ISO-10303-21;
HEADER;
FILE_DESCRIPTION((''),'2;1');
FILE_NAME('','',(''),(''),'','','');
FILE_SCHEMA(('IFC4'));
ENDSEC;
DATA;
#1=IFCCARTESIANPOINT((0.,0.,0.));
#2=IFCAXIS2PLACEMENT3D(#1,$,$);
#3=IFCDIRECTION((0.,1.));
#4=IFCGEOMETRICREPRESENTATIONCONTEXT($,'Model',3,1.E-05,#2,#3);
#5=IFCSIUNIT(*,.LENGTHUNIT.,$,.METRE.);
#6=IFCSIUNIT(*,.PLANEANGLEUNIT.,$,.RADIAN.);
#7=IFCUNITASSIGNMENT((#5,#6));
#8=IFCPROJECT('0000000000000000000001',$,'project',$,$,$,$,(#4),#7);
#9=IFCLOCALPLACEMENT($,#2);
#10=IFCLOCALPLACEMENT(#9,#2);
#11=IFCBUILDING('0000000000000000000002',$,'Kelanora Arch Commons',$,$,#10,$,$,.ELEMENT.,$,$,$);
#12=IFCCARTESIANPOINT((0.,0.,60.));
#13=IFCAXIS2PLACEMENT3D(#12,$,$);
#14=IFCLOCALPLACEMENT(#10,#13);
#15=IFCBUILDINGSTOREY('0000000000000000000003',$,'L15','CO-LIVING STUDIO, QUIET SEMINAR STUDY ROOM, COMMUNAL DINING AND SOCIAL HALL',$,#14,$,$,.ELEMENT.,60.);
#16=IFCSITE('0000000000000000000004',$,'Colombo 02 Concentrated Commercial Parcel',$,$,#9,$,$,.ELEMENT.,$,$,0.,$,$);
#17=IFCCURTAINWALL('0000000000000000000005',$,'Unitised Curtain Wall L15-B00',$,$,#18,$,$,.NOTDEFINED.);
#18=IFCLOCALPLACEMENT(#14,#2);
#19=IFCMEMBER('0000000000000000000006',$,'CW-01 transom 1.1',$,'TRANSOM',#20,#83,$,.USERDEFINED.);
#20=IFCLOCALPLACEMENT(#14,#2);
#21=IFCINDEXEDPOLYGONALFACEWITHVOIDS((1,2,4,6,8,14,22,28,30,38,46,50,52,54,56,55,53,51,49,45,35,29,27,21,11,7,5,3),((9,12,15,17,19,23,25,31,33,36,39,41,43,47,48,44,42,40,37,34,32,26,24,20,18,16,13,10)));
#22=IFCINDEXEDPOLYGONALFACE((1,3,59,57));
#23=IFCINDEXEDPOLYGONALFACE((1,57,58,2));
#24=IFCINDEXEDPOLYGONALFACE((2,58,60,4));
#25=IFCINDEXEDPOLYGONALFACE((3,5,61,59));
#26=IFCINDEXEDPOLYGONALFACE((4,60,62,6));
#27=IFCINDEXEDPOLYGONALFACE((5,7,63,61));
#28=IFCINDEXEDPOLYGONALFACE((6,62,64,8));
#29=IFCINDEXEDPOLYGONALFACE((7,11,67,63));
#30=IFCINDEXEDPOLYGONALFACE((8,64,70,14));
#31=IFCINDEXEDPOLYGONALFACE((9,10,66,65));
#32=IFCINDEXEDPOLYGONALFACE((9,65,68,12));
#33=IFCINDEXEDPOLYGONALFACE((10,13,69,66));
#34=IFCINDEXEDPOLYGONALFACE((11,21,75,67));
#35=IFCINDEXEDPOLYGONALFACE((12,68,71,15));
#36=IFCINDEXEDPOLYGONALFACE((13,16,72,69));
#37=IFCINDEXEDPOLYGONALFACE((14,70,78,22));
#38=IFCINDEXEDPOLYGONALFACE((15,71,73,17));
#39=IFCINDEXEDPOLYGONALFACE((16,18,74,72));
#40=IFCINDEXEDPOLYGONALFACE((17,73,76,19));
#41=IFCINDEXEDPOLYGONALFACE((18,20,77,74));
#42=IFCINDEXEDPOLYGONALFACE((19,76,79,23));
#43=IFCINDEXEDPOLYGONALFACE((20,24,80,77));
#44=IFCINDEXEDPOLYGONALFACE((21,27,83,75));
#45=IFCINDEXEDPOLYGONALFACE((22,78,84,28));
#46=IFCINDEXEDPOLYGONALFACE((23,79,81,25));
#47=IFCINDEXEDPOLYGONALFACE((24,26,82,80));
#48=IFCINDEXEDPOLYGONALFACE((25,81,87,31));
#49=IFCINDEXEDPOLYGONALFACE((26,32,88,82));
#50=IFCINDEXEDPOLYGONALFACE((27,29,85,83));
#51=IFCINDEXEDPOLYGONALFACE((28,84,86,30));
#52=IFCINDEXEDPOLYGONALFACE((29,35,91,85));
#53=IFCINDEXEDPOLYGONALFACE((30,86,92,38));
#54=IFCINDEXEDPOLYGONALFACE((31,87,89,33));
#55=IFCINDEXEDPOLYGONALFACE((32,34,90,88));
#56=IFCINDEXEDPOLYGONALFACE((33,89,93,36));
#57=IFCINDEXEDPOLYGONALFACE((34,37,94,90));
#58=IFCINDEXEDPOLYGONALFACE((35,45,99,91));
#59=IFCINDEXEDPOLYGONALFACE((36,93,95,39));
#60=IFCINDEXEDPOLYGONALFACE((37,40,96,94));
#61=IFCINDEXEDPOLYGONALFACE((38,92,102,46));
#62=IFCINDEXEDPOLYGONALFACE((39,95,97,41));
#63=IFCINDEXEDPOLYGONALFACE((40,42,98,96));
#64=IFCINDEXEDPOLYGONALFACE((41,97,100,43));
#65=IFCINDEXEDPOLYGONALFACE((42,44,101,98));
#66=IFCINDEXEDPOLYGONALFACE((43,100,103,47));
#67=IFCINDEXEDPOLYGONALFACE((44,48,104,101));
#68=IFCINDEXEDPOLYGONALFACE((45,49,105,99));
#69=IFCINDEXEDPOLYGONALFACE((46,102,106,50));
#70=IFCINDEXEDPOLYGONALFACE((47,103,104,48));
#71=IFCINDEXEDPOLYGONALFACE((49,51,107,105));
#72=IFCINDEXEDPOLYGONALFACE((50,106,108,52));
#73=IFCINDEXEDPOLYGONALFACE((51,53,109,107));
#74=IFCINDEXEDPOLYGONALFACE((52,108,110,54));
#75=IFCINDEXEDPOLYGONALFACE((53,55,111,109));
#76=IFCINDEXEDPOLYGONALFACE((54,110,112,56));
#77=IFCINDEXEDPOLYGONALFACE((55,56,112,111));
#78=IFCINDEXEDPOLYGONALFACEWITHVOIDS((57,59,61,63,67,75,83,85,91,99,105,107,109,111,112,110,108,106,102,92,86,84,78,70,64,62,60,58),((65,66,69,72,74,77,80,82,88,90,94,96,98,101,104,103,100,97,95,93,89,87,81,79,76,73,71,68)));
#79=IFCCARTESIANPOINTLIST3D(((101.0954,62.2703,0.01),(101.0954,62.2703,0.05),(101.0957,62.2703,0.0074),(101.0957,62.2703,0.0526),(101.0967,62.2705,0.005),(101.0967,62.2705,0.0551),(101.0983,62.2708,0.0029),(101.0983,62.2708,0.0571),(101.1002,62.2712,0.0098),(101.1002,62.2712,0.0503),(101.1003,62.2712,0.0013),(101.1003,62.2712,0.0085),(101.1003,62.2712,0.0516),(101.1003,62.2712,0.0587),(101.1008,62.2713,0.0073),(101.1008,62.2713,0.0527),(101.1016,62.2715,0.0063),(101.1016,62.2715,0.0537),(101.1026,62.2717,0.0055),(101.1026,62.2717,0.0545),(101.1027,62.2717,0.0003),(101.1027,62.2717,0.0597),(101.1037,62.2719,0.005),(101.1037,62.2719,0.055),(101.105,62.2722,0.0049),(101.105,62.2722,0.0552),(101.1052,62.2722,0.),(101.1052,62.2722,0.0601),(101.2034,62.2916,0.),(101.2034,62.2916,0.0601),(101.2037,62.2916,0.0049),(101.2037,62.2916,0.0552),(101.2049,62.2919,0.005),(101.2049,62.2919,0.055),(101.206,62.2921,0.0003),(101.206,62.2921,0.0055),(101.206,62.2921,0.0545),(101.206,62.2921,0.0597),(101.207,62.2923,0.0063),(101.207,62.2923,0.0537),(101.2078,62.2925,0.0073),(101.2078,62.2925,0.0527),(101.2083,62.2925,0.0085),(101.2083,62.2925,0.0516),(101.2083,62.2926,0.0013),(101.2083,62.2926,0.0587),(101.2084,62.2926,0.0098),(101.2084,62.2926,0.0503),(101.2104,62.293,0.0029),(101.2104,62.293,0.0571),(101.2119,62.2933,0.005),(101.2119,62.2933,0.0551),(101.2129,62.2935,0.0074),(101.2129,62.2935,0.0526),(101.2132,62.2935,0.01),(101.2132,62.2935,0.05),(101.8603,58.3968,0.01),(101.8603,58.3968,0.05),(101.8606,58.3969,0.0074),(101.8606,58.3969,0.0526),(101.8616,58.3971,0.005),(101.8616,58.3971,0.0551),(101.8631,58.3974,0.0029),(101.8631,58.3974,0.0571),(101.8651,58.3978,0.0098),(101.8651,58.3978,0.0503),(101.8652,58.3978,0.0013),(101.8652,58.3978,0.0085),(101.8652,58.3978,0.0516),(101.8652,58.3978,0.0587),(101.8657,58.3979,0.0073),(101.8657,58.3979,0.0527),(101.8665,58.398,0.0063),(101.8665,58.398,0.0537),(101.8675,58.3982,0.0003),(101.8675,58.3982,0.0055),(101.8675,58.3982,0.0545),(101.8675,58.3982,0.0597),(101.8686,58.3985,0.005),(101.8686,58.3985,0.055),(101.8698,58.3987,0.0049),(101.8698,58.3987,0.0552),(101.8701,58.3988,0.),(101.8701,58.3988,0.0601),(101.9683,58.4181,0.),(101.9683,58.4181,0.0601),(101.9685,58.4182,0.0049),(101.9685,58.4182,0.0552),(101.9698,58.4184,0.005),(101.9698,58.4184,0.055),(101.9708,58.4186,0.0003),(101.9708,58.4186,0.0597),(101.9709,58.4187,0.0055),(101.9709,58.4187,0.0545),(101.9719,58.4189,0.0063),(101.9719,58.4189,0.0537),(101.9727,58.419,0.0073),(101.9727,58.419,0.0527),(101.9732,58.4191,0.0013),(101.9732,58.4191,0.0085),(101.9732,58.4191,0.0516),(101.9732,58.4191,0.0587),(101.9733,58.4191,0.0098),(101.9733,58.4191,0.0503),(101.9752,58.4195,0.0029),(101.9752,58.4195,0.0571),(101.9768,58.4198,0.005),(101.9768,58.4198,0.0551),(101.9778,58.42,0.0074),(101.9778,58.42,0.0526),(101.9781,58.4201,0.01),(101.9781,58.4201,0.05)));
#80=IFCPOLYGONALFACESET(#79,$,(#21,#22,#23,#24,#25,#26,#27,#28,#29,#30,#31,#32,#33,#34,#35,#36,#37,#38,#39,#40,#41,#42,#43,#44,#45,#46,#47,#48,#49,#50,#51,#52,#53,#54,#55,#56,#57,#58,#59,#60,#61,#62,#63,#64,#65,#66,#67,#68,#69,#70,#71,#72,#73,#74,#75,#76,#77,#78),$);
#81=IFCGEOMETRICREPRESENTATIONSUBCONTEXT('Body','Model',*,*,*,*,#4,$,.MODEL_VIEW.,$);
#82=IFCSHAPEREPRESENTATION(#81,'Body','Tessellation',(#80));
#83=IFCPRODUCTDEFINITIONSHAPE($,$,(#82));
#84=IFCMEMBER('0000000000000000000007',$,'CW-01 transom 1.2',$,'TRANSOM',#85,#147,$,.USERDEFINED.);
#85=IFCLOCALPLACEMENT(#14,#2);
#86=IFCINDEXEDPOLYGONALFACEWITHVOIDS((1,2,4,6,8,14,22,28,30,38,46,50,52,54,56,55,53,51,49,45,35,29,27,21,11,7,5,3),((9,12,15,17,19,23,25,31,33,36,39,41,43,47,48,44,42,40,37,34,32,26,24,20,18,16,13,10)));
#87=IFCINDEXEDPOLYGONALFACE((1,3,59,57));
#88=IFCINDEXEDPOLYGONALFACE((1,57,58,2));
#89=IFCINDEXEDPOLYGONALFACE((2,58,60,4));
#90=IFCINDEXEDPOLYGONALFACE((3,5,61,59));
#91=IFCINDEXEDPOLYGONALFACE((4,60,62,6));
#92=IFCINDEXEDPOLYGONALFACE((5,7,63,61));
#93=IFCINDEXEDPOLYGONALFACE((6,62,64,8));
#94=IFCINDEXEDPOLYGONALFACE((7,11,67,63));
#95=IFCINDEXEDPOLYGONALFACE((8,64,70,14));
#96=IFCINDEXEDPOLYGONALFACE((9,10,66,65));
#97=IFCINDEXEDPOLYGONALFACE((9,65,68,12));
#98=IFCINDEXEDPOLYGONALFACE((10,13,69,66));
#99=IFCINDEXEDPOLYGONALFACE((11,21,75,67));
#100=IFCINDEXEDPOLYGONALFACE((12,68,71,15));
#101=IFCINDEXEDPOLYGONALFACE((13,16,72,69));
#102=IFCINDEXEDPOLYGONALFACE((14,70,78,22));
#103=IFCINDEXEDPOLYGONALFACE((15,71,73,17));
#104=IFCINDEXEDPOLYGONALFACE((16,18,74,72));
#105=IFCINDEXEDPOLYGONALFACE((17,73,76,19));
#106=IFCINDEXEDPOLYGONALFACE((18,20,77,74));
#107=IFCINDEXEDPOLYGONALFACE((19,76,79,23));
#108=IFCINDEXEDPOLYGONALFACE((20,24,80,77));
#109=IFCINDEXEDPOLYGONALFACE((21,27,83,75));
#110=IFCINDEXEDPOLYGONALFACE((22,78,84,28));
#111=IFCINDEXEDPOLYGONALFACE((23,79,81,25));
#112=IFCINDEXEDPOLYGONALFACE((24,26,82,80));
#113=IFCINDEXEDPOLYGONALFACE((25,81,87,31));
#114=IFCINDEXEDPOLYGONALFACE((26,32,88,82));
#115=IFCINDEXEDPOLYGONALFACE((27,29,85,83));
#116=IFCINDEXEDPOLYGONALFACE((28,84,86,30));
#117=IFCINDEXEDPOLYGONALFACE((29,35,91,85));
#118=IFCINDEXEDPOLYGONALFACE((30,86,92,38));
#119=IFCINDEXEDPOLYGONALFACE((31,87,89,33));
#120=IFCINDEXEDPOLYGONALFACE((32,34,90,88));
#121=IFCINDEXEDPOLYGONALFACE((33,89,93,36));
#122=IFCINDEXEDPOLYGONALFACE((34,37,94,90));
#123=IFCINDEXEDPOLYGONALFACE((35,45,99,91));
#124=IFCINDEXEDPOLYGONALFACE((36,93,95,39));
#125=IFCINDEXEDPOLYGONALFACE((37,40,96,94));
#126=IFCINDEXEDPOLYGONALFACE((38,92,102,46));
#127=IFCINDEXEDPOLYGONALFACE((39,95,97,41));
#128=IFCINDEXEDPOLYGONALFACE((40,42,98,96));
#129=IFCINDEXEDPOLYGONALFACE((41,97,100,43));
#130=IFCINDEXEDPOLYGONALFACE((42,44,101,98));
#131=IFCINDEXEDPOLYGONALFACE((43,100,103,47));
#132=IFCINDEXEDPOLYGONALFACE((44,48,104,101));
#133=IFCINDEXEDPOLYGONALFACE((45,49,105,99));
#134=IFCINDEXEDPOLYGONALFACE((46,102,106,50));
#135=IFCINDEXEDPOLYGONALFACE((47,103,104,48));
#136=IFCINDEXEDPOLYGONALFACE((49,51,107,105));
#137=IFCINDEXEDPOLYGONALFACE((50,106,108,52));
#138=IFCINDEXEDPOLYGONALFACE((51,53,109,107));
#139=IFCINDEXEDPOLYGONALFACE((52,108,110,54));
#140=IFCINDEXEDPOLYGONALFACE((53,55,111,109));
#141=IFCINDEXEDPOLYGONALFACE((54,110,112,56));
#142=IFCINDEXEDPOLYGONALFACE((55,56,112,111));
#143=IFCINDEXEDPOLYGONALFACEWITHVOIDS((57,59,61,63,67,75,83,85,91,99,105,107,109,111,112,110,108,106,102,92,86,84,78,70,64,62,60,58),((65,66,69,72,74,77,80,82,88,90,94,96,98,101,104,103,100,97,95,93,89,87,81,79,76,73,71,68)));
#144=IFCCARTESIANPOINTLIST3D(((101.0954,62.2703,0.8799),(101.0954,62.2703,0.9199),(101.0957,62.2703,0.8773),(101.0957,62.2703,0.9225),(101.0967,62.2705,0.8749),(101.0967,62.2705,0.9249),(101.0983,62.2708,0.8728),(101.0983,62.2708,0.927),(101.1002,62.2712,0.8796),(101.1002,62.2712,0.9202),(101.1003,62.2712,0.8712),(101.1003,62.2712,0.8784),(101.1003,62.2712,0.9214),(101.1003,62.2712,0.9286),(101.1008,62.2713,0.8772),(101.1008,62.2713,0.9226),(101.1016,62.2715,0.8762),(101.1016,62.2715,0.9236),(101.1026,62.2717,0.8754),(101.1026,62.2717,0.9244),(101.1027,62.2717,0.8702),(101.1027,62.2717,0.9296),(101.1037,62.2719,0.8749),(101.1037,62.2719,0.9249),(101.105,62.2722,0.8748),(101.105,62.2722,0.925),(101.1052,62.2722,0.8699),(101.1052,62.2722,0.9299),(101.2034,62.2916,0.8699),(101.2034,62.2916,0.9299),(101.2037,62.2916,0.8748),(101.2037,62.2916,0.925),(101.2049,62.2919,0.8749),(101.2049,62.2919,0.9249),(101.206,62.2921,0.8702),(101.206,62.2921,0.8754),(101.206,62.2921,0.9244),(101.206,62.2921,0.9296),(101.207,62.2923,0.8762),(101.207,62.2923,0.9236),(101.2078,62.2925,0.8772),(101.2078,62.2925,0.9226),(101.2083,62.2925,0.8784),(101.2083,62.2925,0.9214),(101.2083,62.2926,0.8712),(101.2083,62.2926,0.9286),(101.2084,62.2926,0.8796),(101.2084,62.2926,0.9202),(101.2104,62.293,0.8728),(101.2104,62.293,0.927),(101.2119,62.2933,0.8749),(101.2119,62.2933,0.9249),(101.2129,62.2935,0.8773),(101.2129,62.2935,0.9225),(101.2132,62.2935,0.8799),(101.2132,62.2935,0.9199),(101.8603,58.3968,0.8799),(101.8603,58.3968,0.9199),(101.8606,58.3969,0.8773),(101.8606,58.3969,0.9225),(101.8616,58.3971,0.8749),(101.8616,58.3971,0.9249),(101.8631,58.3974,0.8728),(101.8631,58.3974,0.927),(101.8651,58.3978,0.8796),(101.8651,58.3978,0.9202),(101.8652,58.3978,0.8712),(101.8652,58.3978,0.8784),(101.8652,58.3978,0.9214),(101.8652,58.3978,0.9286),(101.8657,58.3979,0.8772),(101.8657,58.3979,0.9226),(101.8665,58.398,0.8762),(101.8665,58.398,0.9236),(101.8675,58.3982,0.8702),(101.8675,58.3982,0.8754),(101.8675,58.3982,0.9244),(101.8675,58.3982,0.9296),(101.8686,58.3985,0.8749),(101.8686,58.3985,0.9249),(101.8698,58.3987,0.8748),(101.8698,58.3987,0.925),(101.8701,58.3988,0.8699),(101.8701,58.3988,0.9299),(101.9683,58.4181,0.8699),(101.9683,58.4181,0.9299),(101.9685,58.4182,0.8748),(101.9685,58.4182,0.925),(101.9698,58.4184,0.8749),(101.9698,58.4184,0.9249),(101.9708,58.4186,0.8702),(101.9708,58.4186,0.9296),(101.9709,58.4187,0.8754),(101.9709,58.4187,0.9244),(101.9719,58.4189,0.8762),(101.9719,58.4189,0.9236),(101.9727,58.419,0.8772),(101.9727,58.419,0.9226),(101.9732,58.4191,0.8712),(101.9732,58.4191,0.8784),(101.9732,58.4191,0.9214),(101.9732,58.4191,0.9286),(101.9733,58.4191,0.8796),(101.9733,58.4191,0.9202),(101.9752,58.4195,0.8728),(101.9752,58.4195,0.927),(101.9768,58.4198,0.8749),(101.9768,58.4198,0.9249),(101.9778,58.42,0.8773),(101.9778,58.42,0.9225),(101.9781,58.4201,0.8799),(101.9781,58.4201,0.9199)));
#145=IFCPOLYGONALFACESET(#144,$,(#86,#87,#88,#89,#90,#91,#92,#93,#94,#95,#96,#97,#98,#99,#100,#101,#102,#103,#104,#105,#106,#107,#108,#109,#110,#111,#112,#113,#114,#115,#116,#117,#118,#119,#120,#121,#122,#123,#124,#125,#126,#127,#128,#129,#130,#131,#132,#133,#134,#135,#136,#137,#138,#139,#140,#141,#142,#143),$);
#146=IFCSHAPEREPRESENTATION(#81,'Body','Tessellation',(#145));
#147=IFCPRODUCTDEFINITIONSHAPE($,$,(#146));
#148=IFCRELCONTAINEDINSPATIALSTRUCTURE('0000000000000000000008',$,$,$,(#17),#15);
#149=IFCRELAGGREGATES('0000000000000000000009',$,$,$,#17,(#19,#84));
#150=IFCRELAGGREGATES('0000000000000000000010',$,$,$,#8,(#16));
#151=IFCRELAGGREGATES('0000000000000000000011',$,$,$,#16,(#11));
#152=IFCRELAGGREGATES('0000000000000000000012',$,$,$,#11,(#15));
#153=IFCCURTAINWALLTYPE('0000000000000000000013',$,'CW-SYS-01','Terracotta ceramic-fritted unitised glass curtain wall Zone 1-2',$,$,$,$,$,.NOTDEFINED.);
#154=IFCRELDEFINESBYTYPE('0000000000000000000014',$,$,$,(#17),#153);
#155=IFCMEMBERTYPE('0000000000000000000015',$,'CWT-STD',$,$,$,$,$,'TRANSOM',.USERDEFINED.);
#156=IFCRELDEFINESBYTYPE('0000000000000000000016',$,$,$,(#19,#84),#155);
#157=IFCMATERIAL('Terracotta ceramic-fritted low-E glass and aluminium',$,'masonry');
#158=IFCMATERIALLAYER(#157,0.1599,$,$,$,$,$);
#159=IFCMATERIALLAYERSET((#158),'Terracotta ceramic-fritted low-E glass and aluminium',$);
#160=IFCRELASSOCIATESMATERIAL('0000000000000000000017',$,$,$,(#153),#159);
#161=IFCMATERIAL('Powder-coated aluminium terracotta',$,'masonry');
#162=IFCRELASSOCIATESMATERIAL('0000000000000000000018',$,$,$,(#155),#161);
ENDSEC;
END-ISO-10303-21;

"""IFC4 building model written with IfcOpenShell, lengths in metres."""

from ifc_helpers import new_model, si_unit, direction, frame, origin, origin_2d, place, context, subcontext, project, spatial, hollow_rectangle, extrude, material, layer, layer_set, material_profile, profile_set, type_object, element, aggregate, save


model = new_model("IFC4")

# Units and contexts
model_context = context("Model", 3, precision=1e-05, world=origin(), true_north=direction((0.0, 1.0)))
body_context = subcontext(model_context, "Body", "Model", "MODEL_VIEW")
ifc_project = project(units=[si_unit("LENGTHUNIT", "METRE"), si_unit("PLANEANGLEUNIT", "RADIAN")], contexts=[model_context])

# Site, building, storey
site_placement = place(None, origin())
site = spatial("IfcSite", under=ifc_project, at=site_placement, Name="Colombo 02 Concentrated Commercial Parcel", CompositionType="ELEMENT", RefElevation=0.0)
building_placement = place(site_placement, origin())
building = spatial("IfcBuilding", under=site, at=building_placement, Name="Kelanora Arch Commons", CompositionType="ELEMENT")
storey_placement = place(building_placement, frame((0.0, 0.0, 60.0)))
storey = spatial("IfcBuildingStorey", under=building, at=storey_placement, Name="L15", Description="CO-LIVING STUDIO, QUIET SEMINAR STUDY ROOM, COMMUNAL DINING AND SOCIAL HALL", CompositionType="ELEMENT", Elevation=60.0)

# Curtain wall, members
ifc_material_1 = material(Name="Terracotta ceramic-fritted low-E glass and aluminium", Category="masonry")
ifc_layer_1 = layer(ifc_material_1, 0.1599)
ifc_layer_set_1 = layer_set([ifc_layer_1], Name="Terracotta ceramic-fritted low-E glass and aluminium")
curtain_wall_type = type_object("IfcCurtainWallType", Name="CW-SYS-01", Description="Terracotta ceramic-fritted unitised glass curtain wall Zone 1-2", PredefinedType="NOTDEFINED", material=ifc_layer_set_1)
curtain_wall_placement = place(storey_placement, origin())
curtain_wall = element("IfcCurtainWall", 1, at=curtain_wall_placement, inside=storey, type_object=curtain_wall_type, Name="Unitised Curtain Wall L15-B00", PredefinedType="NOTDEFINED")
ifc_material_2 = material(Name="Powder-coated aluminium terracotta", Category="masonry")
ifc_material_profile_1 = material_profile(ifc_material_2, hollow_rectangle(XDim=0.1201, YDim=0.0601, WallThickness=0.0049, InnerFilletRadius=0.0049, OuterFilletRadius=0.01, at=origin_2d()), Name="CWT120x60")
ifc_profile_set_1 = profile_set([ifc_material_profile_1], Name="Powder-coated aluminium terracotta")
member_type_1 = type_object("IfcMemberType", Name="CWT-STD", ElementType="TRANSOM", PredefinedType="USERDEFINED", material=ifc_profile_set_1)
member_1_placement = place(storey_placement, frame((101.9192, 58.4084, 0.03), z_axis=(-0.193725, 0.981056, 0.0), x_axis=(-0.981056, -0.193725, 0.0)))
member_1 = element("IfcMember", 2, at=member_1_placement, type_object=member_type_1, Name="CW-01 transom 1.1", ObjectType="TRANSOM", PredefinedType="USERDEFINED", context=body_context, shape_type="SweptSolid", body=[
    extrude(hollow_rectangle(XDim=0.1201, YDim=0.0601, WallThickness=0.0049, InnerFilletRadius=0.0049, OuterFilletRadius=0.01, at=origin_2d()), origin(), (0.0, 0.0, 1.0), 3.9482),
])
member_2_placement = place(storey_placement, frame((101.9192, 58.4084, 0.8999), z_axis=(-0.193725, 0.981056, 0.0), x_axis=(-0.981056, -0.193725, 0.0)))
member_2 = element("IfcMember", 3, at=member_2_placement, type_object=member_type_1, Name="CW-01 transom 1.2", ObjectType="TRANSOM", PredefinedType="USERDEFINED", context=body_context, shape_type="SweptSolid", body=[
    extrude(hollow_rectangle(XDim=0.1201, YDim=0.0601, WallThickness=0.0049, InnerFilletRadius=0.0049, OuterFilletRadius=0.01, at=origin_2d()), origin(), (0.0, 0.0, 1.0), 3.9482),
])
aggregate(curtain_wall, [member_1, member_2])

save(model, "model.ifc")
